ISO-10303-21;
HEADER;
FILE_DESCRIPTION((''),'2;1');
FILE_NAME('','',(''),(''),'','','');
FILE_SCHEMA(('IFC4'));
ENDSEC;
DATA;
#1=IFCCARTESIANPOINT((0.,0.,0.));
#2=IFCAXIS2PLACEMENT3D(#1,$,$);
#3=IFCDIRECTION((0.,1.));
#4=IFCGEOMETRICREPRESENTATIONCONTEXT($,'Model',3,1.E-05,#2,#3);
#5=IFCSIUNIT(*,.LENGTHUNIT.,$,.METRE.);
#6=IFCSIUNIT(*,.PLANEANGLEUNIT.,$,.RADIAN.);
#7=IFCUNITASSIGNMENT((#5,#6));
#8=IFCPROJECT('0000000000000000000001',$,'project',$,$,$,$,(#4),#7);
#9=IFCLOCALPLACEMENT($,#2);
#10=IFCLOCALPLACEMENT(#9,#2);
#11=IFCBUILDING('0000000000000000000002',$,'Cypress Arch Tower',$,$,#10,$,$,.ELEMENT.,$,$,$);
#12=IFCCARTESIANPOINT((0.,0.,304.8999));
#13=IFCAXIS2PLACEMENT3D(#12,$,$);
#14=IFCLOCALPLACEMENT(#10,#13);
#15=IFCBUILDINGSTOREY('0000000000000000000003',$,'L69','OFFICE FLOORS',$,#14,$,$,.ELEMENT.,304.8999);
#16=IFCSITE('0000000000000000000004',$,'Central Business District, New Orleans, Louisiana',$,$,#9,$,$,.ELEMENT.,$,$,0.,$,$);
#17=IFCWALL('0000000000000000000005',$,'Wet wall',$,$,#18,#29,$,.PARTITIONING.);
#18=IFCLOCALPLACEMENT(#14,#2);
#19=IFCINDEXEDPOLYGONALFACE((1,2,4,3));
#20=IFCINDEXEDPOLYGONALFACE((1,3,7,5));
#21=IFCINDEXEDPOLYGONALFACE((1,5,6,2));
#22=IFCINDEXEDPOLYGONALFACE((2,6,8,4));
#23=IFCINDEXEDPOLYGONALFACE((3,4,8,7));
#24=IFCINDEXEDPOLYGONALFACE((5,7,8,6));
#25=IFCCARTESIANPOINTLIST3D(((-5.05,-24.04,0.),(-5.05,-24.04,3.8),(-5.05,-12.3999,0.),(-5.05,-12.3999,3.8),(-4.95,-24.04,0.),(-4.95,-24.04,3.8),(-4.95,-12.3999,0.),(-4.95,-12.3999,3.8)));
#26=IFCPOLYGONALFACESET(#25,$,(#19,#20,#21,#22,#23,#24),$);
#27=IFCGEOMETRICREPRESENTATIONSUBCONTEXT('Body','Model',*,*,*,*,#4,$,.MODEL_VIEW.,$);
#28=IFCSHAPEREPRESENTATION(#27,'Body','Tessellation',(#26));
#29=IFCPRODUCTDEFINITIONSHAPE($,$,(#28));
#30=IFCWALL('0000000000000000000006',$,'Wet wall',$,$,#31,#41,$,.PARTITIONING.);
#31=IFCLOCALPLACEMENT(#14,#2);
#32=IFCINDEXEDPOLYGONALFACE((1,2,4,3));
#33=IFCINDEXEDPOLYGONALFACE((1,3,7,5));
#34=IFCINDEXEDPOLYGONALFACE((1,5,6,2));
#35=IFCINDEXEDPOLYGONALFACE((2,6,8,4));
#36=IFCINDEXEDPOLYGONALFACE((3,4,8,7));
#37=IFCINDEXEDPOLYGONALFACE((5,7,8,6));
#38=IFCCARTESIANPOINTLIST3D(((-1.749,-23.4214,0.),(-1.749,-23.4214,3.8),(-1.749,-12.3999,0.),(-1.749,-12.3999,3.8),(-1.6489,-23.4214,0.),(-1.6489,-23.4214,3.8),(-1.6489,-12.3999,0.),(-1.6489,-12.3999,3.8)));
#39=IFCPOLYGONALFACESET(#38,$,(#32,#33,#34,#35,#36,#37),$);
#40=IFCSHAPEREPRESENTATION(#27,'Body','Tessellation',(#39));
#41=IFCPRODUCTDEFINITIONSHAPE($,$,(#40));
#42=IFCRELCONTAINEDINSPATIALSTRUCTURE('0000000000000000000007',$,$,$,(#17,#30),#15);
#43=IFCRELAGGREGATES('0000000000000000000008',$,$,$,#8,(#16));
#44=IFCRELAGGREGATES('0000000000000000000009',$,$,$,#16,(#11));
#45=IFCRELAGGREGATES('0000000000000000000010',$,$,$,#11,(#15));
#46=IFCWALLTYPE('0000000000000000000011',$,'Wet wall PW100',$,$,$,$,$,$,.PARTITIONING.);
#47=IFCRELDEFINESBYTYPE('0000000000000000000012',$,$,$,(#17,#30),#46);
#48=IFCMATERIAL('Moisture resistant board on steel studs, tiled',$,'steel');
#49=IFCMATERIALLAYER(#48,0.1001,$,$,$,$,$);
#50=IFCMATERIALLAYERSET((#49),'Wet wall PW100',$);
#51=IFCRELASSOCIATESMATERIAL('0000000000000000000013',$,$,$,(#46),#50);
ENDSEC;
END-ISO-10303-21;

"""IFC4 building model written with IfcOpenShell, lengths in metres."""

from ifc_helpers import new_model, si_unit, direction, frame, frame_2d, origin, place, context, subcontext, project, spatial, rectangle, extrude, material, layer, layer_set, type_object, element, save


model = new_model("IFC4")

# Units and contexts
model_context = context("Model", 3, precision=1e-05, world=origin(), true_north=direction((0.0, 1.0)))
body_context = subcontext(model_context, "Body", "Model", "MODEL_VIEW")
ifc_project = project(units=[si_unit("LENGTHUNIT", "METRE"), si_unit("PLANEANGLEUNIT", "RADIAN")], contexts=[model_context])

# Site, building, storey
site_placement = place(None, origin())
site = spatial("IfcSite", under=ifc_project, at=site_placement, Name="Central Business District, New Orleans, Louisiana", CompositionType="ELEMENT", RefElevation=0.0)
building_placement = place(site_placement, origin())
building = spatial("IfcBuilding", under=site, at=building_placement, Name="Cypress Arch Tower", CompositionType="ELEMENT")
storey_placement = place(building_placement, frame((0.0, 0.0, 304.8999)))
storey = spatial("IfcBuildingStorey", under=building, at=storey_placement, Name="L69", Description="OFFICE FLOORS", CompositionType="ELEMENT", Elevation=304.8999)

# Walls
ifc_material_1 = material(Name="Moisture resistant board on steel studs, tiled", Category="steel")
ifc_layer_1 = layer(ifc_material_1, 0.1001)
ifc_layer_set_1 = layer_set([ifc_layer_1], Name="Wet wall PW100")
wall_type_1 = type_object("IfcWallType", Name="Wet wall PW100", PredefinedType="PARTITIONING", material=ifc_layer_set_1)
wall_1_placement = place(storey_placement, frame((-5.0, -24.04, 0.0), z_axis=(0.0, 0.0, 1.0), x_axis=(0.0, 1.0, 0.0)))
element("IfcWall", 1, at=wall_1_placement, inside=storey, type_object=wall_type_1, Name="Wet wall", PredefinedType="PARTITIONING", context=body_context, shape_type="SweptSolid", body=[
    extrude(rectangle(XDim=11.6401, YDim=0.1001, at=frame_2d((5.8201, 0.0))), origin(), (0.0, 0.0, 1.0), 3.8),
])
wall_2_placement = place(storey_placement, frame((-1.699, -23.4214, 0.0), z_axis=(0.0, 0.0, 1.0), x_axis=(0.0, 1.0, 0.0)))
element("IfcWall", 2, at=wall_2_placement, inside=storey, type_object=wall_type_1, Name="Wet wall", PredefinedType="PARTITIONING", context=body_context, shape_type="SweptSolid", body=[
    extrude(rectangle(XDim=11.0215, YDim=0.1001, at=frame_2d((5.5107, 0.0))), origin(), (0.0, 0.0, 1.0), 3.8),
])

save(model, "model.ifc")
